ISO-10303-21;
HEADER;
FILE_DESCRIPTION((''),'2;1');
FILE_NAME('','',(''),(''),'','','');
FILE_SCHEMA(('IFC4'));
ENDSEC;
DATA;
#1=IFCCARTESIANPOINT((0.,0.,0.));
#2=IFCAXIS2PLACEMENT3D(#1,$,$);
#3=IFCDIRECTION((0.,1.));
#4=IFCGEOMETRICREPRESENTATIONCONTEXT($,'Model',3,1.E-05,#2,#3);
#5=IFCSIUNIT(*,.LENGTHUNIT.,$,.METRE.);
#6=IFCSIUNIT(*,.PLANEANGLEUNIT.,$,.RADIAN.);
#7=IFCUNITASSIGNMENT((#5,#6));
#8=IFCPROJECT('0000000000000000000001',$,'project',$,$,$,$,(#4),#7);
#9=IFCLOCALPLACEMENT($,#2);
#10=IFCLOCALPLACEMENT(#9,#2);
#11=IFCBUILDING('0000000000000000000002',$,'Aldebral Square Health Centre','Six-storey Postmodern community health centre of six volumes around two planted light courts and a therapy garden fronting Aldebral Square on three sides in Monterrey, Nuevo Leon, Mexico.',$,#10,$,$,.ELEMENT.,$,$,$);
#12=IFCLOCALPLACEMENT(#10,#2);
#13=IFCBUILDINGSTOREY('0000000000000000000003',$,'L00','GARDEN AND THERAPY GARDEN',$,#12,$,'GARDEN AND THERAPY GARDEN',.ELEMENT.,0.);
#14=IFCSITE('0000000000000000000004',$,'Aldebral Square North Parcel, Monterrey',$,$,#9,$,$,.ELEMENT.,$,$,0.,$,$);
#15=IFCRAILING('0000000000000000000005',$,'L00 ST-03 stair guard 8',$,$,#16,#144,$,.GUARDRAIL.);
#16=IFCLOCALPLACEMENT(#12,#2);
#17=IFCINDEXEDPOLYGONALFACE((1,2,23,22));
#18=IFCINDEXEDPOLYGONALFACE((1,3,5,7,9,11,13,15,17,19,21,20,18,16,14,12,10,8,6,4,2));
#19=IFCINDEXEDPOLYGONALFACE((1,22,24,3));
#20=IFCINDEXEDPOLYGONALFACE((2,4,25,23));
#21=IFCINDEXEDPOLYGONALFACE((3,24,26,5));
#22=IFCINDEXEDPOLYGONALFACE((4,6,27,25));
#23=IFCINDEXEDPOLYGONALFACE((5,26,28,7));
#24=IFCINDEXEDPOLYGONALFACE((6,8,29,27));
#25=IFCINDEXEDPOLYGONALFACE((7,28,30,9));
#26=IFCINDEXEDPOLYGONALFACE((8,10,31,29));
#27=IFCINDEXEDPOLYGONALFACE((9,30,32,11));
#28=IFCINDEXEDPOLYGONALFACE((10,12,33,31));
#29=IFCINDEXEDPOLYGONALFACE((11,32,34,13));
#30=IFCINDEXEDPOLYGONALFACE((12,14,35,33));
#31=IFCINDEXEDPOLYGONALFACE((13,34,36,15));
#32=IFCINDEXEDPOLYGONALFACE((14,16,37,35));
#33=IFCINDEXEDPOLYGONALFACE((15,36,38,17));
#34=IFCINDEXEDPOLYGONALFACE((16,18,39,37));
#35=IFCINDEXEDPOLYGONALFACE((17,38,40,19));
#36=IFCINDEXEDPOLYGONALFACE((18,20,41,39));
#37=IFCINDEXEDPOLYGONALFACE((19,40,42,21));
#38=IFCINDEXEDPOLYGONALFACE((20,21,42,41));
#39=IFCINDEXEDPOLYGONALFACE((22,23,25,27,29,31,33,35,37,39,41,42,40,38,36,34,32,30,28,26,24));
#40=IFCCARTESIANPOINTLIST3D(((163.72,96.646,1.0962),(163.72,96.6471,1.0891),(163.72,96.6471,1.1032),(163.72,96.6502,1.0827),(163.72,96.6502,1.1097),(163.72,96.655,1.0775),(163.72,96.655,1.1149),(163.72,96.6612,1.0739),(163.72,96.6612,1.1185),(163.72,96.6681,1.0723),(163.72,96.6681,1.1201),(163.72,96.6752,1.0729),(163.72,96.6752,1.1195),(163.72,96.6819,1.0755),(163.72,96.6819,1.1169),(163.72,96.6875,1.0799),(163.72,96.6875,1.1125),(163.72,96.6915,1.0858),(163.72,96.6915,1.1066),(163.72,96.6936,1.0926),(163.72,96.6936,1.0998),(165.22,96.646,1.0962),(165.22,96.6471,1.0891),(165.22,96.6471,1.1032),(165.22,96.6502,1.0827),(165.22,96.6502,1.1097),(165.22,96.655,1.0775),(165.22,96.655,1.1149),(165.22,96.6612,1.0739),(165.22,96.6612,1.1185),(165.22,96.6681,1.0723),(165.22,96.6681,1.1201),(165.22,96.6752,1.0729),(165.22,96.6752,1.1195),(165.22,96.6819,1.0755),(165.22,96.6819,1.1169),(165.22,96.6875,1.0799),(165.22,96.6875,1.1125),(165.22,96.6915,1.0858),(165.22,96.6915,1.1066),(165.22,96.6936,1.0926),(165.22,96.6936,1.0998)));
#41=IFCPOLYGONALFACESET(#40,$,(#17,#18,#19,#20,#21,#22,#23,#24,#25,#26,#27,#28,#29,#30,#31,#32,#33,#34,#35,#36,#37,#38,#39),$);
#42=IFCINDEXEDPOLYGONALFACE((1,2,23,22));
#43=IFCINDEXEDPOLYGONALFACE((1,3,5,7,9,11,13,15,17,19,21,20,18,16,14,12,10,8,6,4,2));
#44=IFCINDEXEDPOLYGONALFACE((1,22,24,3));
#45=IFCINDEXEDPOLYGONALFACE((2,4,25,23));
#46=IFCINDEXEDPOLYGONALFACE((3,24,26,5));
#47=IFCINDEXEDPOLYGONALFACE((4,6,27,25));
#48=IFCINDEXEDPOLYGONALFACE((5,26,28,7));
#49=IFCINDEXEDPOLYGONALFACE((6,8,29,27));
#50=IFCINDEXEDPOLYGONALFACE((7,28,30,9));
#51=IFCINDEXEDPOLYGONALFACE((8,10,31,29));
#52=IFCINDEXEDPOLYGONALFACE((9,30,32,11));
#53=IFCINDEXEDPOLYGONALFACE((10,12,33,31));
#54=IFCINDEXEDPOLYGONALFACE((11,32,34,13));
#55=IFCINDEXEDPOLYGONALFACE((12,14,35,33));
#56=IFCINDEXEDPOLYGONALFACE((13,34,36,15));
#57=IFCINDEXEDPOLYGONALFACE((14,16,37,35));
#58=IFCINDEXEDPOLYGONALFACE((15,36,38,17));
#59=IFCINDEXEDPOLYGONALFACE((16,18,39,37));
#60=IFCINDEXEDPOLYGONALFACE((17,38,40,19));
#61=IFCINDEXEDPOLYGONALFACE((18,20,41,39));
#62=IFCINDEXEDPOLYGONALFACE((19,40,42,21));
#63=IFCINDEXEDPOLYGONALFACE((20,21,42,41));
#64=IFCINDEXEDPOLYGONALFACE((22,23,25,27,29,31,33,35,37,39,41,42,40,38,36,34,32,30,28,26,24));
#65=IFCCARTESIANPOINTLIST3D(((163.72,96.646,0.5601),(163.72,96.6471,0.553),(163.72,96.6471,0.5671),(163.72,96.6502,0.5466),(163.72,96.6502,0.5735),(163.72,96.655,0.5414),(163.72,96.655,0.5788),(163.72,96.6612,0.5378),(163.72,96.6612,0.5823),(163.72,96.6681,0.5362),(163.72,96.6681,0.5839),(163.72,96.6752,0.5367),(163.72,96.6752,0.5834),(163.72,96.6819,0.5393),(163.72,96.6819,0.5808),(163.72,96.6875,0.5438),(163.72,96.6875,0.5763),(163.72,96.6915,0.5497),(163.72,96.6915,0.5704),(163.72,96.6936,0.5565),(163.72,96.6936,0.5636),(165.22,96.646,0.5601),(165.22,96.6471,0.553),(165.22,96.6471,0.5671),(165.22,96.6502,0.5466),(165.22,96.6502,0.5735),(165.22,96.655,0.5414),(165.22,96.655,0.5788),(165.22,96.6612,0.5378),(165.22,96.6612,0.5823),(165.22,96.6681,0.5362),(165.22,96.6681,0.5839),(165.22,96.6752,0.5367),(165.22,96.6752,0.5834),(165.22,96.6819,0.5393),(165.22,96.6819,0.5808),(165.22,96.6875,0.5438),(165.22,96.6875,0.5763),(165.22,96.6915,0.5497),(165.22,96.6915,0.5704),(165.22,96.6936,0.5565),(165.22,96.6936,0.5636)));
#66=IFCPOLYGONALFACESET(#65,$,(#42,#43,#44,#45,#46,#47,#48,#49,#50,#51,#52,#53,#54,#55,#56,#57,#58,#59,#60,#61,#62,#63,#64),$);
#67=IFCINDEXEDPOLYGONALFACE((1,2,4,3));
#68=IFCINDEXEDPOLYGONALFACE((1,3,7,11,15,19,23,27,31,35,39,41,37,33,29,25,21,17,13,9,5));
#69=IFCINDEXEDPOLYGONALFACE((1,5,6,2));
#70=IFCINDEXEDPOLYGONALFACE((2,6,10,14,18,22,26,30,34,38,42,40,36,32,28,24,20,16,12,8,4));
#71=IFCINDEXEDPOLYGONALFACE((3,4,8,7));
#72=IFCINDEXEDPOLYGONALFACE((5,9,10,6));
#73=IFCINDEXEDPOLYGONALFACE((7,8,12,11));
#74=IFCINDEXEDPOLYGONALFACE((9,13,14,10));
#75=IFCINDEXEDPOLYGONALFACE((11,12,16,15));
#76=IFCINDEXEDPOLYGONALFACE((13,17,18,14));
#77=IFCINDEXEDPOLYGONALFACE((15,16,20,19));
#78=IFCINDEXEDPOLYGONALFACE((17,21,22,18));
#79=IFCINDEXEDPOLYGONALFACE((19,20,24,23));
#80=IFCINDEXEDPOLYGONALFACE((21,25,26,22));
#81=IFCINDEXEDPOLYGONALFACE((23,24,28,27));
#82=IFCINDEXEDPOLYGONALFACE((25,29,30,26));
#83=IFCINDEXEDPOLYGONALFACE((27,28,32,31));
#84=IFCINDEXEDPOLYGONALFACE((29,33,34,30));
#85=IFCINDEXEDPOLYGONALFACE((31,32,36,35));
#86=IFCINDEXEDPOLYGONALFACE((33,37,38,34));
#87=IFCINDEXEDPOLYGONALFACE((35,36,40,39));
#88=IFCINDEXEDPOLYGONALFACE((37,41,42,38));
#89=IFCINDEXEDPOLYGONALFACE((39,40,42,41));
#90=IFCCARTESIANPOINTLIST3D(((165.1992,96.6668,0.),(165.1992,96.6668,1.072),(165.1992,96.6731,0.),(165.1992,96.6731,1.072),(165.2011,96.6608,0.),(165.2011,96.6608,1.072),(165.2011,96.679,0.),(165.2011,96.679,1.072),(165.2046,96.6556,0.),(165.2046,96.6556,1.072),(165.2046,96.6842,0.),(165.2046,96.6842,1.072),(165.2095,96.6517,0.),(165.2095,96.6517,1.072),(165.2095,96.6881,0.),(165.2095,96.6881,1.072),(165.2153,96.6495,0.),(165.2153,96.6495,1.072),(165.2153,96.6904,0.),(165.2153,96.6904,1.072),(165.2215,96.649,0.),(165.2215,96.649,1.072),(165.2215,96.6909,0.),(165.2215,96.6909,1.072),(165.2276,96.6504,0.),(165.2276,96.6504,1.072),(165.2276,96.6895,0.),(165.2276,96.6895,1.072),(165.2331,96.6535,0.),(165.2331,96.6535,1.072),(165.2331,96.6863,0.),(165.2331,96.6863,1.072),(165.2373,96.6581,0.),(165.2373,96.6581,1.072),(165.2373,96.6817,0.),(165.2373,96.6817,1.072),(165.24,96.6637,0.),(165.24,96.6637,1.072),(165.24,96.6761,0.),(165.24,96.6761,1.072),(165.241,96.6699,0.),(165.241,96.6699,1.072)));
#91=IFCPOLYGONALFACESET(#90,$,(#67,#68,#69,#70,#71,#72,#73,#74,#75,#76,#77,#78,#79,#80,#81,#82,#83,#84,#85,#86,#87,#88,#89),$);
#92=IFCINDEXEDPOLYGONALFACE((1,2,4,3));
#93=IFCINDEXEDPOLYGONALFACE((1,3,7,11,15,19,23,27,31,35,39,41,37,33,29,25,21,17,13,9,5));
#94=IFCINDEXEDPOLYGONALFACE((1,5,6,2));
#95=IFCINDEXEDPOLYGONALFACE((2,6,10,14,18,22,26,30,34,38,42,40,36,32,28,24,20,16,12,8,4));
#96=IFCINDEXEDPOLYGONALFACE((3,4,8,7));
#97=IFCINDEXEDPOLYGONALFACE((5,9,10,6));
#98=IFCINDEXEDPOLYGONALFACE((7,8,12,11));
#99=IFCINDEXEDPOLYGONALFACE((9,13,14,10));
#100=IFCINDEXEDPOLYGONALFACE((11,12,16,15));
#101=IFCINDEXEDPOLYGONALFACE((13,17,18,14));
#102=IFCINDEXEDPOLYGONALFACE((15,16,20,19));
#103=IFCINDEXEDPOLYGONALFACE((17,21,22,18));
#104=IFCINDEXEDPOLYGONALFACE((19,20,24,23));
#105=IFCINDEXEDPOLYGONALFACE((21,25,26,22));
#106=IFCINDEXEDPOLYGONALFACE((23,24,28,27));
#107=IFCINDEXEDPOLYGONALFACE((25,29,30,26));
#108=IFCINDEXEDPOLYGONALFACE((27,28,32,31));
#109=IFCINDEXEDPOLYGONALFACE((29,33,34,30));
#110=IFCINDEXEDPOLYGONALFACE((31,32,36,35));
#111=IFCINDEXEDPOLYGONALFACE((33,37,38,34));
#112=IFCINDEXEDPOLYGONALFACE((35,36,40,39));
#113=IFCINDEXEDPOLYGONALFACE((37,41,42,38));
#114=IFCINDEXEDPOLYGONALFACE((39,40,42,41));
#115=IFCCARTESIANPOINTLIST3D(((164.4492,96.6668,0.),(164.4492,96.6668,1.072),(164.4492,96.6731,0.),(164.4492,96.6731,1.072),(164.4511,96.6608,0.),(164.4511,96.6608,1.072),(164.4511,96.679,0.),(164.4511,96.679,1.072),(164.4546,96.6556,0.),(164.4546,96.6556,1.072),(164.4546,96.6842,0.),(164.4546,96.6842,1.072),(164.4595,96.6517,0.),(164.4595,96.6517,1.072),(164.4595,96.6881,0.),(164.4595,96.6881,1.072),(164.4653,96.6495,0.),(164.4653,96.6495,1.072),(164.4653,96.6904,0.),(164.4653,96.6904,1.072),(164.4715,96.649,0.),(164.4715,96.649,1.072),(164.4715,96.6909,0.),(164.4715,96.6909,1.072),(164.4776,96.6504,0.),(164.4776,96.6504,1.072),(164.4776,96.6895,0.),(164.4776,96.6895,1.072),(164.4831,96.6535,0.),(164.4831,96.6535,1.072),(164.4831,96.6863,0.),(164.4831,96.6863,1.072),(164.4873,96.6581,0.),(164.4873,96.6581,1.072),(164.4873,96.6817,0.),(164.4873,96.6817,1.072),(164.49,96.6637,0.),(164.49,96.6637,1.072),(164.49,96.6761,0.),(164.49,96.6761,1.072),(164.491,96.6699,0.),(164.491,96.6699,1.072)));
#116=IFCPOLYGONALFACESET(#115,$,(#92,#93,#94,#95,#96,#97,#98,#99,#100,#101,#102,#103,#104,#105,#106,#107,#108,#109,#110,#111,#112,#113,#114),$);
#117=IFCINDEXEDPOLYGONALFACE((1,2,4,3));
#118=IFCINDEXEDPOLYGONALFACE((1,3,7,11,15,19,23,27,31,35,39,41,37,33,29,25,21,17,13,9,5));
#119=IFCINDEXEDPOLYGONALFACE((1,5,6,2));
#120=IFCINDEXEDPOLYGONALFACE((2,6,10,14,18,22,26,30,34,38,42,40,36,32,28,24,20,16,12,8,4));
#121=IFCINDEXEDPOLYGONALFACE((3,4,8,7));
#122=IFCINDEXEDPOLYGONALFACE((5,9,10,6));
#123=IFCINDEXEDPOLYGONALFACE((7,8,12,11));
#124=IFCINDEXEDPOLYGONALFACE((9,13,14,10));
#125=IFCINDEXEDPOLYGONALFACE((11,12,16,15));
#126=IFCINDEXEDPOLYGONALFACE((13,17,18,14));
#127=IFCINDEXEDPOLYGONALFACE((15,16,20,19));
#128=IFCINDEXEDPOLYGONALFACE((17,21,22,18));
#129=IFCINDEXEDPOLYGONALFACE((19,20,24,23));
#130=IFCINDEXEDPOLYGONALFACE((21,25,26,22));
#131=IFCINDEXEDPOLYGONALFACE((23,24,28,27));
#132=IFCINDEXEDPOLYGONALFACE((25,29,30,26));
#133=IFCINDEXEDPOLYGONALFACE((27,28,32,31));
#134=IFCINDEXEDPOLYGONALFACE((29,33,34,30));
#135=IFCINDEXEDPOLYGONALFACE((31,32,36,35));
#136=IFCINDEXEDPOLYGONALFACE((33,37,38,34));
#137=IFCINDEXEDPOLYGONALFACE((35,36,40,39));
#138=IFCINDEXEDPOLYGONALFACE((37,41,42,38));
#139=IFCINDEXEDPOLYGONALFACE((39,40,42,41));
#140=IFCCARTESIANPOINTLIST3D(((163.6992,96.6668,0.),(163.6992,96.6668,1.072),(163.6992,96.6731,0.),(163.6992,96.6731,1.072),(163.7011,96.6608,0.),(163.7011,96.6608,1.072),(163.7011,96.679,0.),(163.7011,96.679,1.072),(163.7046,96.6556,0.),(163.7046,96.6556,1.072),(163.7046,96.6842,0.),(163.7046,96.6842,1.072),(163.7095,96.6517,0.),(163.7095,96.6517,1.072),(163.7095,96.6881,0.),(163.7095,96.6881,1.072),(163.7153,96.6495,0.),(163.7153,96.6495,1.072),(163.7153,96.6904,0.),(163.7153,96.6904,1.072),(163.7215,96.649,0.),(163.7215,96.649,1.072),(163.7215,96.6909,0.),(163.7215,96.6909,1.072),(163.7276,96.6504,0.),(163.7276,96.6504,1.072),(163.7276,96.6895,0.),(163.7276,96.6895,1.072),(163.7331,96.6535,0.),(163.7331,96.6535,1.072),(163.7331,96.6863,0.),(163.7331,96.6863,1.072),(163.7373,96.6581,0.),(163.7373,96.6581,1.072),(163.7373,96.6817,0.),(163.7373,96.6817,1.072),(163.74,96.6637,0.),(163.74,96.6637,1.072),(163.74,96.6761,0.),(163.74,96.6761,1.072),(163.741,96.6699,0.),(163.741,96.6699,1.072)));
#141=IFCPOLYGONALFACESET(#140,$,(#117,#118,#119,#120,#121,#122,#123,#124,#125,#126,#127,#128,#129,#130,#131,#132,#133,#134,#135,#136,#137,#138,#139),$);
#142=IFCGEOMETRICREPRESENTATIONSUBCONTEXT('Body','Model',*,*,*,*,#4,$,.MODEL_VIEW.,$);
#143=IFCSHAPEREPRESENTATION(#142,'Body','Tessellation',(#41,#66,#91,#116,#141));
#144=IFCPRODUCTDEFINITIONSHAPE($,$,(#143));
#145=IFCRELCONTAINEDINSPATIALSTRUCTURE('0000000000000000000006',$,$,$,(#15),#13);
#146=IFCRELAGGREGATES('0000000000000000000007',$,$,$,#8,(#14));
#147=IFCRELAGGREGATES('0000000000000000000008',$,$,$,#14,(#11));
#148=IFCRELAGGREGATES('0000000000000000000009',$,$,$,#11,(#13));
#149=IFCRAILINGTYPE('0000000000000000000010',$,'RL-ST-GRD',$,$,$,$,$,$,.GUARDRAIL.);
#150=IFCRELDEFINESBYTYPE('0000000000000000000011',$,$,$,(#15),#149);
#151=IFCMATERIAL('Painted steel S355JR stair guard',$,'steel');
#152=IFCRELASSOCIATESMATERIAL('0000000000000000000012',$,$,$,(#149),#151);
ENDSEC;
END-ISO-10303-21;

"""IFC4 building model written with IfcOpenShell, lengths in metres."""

from ifc_helpers import new_model, si_unit, direction, frame, origin, origin_2d, place, context, subcontext, project, spatial, circle, extrude, material, type_object, element, save


model = new_model("IFC4")

# Units and contexts
model_context = context("Model", 3, precision=1e-05, world=origin(), true_north=direction((0.0, 1.0)))
body_context = subcontext(model_context, "Body", "Model", "MODEL_VIEW")
ifc_project = project(units=[si_unit("LENGTHUNIT", "METRE"), si_unit("PLANEANGLEUNIT", "RADIAN")], contexts=[model_context])

# Site, building, storey
site_placement = place(None, origin())
site = spatial("IfcSite", under=ifc_project, at=site_placement, Name="Aldebral Square North Parcel, Monterrey", CompositionType="ELEMENT", RefElevation=0.0)
building_placement = place(site_placement, origin())
building = spatial("IfcBuilding", under=site, at=building_placement, Name="Aldebral Square Health Centre", Description="Six-storey Postmodern community health centre of six volumes around two planted light courts and a therapy garden fronting Aldebral Square on three sides in Monterrey, Nuevo Leon, Mexico.", CompositionType="ELEMENT")
storey_placement = place(building_placement, origin())
storey = spatial("IfcBuildingStorey", under=building, at=storey_placement, Name="L00", Description="GARDEN AND THERAPY GARDEN", LongName="GARDEN AND THERAPY GARDEN", CompositionType="ELEMENT", Elevation=0.0)

# Railing
ifc_material_1 = material(Name="Painted steel S355JR stair guard", Category="steel")
railing_type_1 = type_object("IfcRailingType", Name="RL-ST-GRD", PredefinedType="GUARDRAIL", material=ifc_material_1)
railing_1_placement = place(storey_placement, frame((165.22, 96.6699, 0.0)))
element("IfcRailing", 1, at=railing_1_placement, inside=storey, type_object=railing_type_1, Name="L00 ST-03 stair guard 8", PredefinedType="GUARDRAIL", context=body_context, shape_type="SweptSolid", body=[
    extrude(circle(Radius=0.0239, at=origin_2d()), frame((0.0, 0.0, 1.0962), z_axis=(-1.0, 0.0, 0.0), x_axis=(0.0, -1.0, 0.0)), (0.0, 0.0, 1.0), 1.5),
    extrude(circle(Radius=0.0239, at=origin_2d()), frame((0.0, 0.0, 0.5601), z_axis=(-1.0, 0.0, 0.0), x_axis=(0.0, -1.0, 0.0)), (0.0, 0.0, 1.0), 1.5),
    extrude(circle(Radius=0.021, at=origin_2d()), origin(), (0.0, 0.0, 1.0), 1.072),
    extrude(circle(Radius=0.021, at=origin_2d()), frame((-0.75, 0.0, 0.0)), (0.0, 0.0, 1.0), 1.072),
    extrude(circle(Radius=0.021, at=origin_2d()), frame((-1.5, 0.0, 0.0)), (0.0, 0.0, 1.0), 1.072),
])

save(model, "model.ifc")
